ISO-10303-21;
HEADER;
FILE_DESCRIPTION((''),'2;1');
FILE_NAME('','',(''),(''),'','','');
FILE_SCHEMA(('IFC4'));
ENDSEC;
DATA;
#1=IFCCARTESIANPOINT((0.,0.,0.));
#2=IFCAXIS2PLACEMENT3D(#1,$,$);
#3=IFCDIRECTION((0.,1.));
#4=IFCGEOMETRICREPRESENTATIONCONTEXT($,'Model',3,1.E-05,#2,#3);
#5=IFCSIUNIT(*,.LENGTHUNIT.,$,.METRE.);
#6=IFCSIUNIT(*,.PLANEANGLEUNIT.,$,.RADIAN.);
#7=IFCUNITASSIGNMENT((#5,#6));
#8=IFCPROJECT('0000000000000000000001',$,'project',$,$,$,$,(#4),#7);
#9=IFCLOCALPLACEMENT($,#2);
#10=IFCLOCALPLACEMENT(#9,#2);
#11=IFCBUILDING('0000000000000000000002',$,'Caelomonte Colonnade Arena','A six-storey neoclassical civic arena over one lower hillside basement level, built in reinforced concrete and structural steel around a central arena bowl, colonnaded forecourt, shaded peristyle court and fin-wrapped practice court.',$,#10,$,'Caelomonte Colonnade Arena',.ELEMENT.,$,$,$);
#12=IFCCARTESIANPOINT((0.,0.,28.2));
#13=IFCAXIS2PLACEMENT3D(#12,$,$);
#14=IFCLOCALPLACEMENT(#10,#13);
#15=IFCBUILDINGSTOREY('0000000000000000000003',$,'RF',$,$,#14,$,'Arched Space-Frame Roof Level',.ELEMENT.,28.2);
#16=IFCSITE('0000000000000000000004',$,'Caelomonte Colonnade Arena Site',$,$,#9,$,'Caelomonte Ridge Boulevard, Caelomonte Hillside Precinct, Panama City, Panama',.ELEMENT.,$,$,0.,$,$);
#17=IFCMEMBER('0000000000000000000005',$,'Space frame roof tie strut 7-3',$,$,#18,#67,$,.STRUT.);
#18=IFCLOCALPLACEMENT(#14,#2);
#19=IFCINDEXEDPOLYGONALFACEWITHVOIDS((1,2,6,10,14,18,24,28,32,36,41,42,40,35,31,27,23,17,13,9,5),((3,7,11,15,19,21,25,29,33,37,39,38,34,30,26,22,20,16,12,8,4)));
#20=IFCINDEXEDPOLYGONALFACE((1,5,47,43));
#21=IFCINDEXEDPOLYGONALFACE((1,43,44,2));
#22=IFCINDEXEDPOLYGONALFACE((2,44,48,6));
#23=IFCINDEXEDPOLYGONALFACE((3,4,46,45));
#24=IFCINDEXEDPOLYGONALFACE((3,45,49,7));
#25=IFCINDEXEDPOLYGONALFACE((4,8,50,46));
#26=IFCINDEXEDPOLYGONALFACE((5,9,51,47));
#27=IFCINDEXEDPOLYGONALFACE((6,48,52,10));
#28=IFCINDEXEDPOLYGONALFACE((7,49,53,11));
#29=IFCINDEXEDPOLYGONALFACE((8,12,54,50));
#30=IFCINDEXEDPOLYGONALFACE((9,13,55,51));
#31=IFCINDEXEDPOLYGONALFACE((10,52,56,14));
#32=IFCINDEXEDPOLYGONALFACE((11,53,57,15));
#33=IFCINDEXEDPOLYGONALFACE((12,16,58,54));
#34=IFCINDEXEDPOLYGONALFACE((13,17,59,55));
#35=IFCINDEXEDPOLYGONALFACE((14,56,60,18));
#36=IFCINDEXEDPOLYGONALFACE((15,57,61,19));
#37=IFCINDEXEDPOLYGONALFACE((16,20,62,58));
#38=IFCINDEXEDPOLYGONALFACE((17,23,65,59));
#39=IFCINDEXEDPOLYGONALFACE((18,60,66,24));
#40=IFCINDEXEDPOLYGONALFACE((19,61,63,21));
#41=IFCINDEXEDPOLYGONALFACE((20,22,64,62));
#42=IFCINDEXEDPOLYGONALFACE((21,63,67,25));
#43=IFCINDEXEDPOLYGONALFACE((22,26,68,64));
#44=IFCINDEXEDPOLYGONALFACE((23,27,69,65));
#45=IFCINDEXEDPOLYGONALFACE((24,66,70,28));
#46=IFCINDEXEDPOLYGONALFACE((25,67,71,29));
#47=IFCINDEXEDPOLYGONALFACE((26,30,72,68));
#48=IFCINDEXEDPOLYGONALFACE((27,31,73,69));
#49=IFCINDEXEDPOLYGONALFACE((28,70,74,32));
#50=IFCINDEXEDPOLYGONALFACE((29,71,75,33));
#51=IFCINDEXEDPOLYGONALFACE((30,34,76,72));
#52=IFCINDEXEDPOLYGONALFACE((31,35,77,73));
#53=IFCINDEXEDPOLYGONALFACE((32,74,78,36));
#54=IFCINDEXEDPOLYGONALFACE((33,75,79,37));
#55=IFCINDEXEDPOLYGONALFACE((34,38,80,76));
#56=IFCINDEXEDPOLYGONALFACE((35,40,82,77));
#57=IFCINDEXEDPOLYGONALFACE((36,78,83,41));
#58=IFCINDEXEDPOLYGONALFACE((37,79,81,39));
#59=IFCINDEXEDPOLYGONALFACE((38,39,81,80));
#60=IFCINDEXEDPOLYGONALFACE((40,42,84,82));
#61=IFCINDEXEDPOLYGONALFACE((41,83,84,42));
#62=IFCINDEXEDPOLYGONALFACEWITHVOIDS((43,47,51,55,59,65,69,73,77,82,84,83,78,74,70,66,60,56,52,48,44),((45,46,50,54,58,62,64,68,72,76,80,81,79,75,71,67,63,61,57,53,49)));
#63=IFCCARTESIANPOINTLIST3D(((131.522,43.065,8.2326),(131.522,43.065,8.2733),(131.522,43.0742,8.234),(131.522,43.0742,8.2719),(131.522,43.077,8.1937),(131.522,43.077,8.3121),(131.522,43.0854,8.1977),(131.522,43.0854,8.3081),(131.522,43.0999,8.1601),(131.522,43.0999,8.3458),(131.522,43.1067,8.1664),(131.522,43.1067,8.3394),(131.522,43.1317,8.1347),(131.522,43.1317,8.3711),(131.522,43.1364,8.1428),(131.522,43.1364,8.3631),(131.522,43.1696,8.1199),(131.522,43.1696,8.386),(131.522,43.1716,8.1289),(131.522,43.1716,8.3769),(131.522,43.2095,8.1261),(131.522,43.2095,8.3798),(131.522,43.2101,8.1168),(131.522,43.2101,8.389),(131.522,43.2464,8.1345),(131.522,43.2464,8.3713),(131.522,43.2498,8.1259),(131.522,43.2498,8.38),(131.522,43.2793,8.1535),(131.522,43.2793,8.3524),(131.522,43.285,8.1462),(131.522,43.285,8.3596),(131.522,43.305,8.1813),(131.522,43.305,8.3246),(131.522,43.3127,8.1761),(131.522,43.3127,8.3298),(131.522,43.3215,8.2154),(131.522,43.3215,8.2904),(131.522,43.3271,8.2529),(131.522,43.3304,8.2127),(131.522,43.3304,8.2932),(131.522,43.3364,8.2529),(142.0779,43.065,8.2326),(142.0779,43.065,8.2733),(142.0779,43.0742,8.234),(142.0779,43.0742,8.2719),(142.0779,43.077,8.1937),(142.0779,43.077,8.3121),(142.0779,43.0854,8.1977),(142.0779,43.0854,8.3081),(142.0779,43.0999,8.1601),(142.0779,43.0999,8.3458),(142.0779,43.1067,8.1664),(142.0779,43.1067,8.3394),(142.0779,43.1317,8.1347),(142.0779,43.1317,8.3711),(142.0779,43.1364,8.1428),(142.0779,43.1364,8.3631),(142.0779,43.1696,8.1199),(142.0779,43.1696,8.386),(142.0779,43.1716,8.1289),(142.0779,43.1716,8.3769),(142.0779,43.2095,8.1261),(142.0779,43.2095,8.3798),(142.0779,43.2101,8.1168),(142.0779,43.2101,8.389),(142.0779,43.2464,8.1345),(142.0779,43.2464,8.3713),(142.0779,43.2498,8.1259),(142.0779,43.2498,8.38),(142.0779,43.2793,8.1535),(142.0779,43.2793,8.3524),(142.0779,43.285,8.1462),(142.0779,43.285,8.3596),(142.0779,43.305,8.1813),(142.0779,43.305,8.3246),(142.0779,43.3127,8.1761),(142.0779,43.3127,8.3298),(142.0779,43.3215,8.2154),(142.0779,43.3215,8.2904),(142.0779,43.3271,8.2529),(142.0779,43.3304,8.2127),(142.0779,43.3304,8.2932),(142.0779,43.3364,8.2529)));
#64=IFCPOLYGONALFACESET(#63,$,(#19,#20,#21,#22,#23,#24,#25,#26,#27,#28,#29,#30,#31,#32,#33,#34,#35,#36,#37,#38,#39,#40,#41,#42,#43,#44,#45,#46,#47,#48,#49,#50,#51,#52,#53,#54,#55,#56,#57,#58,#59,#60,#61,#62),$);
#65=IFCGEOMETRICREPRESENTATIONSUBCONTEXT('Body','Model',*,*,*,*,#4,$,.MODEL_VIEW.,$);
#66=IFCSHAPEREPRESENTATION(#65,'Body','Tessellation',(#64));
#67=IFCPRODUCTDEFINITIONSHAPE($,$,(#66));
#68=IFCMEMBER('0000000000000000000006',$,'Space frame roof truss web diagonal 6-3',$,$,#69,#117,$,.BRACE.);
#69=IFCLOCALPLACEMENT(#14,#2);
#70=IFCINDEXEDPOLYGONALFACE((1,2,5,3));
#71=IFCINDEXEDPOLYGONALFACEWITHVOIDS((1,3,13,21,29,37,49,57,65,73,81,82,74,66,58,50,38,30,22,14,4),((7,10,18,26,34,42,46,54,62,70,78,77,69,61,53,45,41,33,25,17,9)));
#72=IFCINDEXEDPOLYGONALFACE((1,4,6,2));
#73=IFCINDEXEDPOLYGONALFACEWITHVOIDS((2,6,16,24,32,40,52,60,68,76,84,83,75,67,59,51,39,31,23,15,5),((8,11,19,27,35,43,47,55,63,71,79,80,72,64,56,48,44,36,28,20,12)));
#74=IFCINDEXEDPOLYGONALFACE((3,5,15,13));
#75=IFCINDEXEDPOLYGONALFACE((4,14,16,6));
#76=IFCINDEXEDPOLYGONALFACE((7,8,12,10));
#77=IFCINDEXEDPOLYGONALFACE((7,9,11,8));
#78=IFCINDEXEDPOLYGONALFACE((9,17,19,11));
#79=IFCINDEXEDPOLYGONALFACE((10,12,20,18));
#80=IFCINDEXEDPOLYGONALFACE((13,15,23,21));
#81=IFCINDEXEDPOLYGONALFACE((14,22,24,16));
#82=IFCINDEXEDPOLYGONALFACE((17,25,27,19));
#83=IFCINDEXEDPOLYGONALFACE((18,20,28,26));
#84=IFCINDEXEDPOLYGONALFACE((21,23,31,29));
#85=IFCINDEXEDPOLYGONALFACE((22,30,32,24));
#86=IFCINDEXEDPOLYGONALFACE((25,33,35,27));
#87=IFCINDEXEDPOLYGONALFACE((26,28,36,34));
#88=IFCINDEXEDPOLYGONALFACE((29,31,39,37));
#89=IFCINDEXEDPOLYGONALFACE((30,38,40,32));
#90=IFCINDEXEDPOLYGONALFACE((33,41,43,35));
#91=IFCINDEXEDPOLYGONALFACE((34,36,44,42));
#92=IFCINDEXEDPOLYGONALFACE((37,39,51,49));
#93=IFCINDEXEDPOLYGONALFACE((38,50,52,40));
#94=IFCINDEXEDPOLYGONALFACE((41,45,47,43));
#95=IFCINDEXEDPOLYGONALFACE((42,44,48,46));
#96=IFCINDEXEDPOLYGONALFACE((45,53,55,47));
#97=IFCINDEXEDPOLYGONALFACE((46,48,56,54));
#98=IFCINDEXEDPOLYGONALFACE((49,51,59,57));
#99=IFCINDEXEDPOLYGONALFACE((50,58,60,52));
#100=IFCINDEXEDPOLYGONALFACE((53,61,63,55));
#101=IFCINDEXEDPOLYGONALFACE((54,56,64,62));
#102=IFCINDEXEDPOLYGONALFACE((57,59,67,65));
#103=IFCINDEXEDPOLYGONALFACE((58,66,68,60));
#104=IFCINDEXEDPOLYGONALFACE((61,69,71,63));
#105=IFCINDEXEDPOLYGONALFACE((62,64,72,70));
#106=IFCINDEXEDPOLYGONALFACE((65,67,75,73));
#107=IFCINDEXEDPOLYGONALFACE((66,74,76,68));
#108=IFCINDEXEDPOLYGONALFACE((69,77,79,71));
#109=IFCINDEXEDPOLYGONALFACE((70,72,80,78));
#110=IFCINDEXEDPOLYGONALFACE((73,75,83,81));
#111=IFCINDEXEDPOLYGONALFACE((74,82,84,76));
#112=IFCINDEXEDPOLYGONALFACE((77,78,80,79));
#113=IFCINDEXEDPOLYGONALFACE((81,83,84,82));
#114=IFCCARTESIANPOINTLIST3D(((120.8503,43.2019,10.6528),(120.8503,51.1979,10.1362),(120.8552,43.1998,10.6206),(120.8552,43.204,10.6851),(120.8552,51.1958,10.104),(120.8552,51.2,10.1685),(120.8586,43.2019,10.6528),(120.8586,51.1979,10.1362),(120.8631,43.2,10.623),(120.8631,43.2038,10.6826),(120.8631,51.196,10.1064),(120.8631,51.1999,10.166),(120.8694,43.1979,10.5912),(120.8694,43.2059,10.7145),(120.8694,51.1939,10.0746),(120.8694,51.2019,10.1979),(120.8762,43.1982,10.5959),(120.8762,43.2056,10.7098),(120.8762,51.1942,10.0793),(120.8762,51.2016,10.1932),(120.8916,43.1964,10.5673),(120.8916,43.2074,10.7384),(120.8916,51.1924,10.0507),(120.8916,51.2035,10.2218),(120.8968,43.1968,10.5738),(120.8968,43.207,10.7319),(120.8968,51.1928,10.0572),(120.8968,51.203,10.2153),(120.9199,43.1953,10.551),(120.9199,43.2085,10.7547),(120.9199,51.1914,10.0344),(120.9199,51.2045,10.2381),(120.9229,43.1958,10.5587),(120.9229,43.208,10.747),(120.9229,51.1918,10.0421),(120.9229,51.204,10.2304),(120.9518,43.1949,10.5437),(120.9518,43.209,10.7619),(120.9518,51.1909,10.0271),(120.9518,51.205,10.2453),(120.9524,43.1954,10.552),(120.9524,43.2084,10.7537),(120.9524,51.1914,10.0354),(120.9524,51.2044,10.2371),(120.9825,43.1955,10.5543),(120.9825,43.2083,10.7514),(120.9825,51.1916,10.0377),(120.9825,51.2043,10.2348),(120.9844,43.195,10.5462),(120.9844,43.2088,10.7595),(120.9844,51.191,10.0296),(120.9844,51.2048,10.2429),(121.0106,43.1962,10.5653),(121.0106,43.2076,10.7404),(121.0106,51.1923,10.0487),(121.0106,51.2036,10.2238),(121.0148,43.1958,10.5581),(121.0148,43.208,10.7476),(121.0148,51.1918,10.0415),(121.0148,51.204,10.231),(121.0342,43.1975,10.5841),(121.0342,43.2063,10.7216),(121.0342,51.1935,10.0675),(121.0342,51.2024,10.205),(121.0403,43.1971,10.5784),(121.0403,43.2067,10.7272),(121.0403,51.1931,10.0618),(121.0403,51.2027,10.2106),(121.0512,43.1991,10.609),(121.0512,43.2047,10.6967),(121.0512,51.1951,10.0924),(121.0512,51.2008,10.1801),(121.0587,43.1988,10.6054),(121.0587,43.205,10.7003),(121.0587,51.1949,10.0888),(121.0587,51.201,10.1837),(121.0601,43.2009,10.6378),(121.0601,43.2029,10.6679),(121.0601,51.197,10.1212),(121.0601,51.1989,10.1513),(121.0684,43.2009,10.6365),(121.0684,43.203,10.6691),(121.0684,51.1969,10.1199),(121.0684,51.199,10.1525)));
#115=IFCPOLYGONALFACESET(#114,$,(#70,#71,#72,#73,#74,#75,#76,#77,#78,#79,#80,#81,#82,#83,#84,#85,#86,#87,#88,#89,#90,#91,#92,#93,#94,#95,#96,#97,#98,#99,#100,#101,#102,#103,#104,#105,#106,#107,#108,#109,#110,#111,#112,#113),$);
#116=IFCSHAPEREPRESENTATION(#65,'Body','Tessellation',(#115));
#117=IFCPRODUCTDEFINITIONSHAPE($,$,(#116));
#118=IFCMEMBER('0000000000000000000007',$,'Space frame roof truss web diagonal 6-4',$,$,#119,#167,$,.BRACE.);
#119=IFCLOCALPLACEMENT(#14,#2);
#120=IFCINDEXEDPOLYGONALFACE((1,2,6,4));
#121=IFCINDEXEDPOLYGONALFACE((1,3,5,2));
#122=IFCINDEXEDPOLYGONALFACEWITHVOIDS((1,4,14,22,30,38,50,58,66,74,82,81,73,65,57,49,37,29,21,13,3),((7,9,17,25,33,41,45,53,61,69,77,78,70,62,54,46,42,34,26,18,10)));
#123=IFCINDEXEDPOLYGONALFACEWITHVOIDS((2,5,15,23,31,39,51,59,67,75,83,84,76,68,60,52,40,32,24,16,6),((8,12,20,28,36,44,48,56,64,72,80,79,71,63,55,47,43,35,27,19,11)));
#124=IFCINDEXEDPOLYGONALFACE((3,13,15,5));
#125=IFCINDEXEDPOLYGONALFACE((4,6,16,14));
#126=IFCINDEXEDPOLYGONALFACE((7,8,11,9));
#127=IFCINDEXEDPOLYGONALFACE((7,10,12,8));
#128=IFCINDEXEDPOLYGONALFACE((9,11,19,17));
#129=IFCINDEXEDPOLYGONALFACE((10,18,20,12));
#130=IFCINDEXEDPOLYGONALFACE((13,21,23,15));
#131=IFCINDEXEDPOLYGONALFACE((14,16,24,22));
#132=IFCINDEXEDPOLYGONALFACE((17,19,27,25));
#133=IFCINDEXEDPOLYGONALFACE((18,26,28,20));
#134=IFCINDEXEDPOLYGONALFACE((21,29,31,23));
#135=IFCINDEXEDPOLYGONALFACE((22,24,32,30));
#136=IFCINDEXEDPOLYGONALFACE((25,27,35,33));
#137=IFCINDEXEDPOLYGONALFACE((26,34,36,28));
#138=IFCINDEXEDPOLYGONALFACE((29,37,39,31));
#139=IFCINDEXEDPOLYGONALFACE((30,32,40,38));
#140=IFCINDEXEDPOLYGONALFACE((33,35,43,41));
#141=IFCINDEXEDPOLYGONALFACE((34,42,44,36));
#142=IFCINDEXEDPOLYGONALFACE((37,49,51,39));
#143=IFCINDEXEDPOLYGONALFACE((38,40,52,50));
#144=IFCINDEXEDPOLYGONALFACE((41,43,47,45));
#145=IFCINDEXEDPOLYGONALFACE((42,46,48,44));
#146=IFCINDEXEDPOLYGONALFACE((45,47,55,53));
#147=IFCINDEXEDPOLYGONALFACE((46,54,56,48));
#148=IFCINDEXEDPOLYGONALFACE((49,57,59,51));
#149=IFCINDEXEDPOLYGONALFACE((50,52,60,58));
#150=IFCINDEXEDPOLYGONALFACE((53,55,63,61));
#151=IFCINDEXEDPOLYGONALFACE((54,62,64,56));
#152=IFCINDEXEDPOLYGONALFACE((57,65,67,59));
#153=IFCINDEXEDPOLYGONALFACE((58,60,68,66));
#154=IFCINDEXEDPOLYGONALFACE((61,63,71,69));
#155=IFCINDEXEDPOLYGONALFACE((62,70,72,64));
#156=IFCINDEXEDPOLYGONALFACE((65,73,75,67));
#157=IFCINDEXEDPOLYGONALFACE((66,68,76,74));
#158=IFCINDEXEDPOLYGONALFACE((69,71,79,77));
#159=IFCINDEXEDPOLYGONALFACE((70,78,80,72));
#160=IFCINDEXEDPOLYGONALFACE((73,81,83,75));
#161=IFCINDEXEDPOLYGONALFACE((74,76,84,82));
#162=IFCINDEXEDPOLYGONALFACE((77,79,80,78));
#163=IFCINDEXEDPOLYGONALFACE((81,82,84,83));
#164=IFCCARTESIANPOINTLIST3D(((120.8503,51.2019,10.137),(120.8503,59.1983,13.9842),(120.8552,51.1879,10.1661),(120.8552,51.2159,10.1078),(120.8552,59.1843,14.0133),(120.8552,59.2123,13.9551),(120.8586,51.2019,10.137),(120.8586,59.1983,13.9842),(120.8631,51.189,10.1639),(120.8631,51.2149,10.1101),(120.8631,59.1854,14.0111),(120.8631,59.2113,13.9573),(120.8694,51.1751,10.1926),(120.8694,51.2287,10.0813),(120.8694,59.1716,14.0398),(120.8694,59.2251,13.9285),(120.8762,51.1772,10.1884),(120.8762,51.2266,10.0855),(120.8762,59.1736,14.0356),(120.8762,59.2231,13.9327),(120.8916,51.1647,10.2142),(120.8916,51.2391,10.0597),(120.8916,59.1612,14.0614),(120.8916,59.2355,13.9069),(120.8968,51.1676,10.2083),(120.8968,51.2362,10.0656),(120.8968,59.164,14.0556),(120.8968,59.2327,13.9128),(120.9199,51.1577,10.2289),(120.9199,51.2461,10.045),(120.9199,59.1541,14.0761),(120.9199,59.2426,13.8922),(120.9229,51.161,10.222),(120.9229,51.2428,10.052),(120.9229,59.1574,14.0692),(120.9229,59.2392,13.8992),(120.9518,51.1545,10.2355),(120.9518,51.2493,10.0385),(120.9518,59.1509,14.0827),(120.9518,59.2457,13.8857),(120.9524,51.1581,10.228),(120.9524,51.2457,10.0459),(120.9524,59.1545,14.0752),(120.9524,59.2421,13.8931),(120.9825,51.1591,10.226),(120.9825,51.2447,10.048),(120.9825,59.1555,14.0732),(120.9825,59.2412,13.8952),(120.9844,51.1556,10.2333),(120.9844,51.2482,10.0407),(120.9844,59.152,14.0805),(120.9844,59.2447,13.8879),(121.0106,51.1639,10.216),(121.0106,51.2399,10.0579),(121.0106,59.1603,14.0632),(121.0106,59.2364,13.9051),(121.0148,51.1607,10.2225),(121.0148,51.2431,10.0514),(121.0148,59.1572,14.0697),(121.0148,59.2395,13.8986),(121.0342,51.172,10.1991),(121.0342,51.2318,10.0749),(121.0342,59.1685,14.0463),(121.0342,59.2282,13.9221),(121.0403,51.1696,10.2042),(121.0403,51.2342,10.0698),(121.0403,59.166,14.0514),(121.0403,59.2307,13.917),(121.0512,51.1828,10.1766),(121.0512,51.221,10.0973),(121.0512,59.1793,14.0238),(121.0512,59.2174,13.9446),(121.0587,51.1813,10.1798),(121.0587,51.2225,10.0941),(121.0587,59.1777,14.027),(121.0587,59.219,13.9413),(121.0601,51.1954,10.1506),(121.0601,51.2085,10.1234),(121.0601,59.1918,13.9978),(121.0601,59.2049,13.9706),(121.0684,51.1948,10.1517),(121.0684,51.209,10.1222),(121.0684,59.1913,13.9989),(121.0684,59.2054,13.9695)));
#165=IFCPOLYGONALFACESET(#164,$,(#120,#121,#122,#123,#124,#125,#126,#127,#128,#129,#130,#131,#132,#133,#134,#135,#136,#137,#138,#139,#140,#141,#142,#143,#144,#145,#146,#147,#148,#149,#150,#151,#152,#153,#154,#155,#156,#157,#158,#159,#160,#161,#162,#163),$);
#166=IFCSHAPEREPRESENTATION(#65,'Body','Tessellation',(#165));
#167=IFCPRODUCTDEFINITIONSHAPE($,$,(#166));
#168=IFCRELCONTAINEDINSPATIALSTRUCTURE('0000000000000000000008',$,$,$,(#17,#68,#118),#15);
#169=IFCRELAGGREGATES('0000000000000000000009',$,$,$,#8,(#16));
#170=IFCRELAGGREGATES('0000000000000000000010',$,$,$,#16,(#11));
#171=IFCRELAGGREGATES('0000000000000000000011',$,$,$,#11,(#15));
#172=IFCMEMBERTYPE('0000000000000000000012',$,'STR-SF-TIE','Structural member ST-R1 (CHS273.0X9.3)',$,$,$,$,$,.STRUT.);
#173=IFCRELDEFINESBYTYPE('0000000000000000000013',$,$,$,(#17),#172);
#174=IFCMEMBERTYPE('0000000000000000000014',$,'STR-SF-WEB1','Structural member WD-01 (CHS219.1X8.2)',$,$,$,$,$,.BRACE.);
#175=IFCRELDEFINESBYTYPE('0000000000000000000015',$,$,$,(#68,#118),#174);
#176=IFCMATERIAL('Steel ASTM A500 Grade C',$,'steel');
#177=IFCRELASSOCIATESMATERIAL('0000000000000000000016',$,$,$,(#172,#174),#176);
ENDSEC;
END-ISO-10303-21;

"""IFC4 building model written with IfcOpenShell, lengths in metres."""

from ifc_helpers import new_model, si_unit, direction, frame, origin, origin_2d, place, context, subcontext, project, spatial, hollow_circle, extrude, material, material_profile, profile_set, type_object, element, save


model = new_model("IFC4")

# Units and contexts
model_context = context("Model", 3, precision=1e-05, world=origin(), true_north=direction((0.0, 1.0)))
body_context = subcontext(model_context, "Body", "Model", "MODEL_VIEW")
ifc_project = project(units=[si_unit("LENGTHUNIT", "METRE"), si_unit("PLANEANGLEUNIT", "RADIAN")], contexts=[model_context])

# Site, building, storey
site_placement = place(None, origin())
site = spatial("IfcSite", under=ifc_project, at=site_placement, Name="Caelomonte Colonnade Arena Site", LongName="Caelomonte Ridge Boulevard, Caelomonte Hillside Precinct, Panama City, Panama", CompositionType="ELEMENT", RefElevation=0.0)
building_placement = place(site_placement, origin())
building = spatial("IfcBuilding", under=site, at=building_placement, Name="Caelomonte Colonnade Arena", Description="A six-storey neoclassical civic arena over one lower hillside basement level, built in reinforced concrete and structural steel around a central arena bowl, colonnaded forecourt, shaded peristyle court and fin-wrapped practice court.", LongName="Caelomonte Colonnade Arena", CompositionType="ELEMENT")
storey_placement = place(building_placement, frame((0.0, 0.0, 28.2)))
storey = spatial("IfcBuildingStorey", under=building, at=storey_placement, Name="RF", LongName="Arched Space-Frame Roof Level", CompositionType="ELEMENT", Elevation=28.2)

# Members
ifc_material_1 = material(Name="Steel ASTM A500 Grade C", Category="steel")
ifc_material_profile_1 = material_profile(ifc_material_1, hollow_circle(Radius=0.1365, WallThickness=0.0093, at=origin_2d()), Name="CHS273.0X9.3")
ifc_profile_set_1 = profile_set([ifc_material_profile_1], Name="Steel ASTM A500 Grade C")
member_type_1 = type_object("IfcMemberType", Name="STR-SF-TIE", Description="Structural member ST-R1 (CHS273.0X9.3)", PredefinedType="STRUT", material=ifc_profile_set_1)
member_1_placement = place(storey_placement, frame((131.522, 43.2, 8.2529), z_axis=(1.0, 0.0, 0.0), x_axis=(0.0, 1.0, 0.0)))
element("IfcMember", 1, at=member_1_placement, inside=storey, type_object=member_type_1, Name="Space frame roof tie strut 7-3", PredefinedType="STRUT", context=body_context, shape_type="SweptSolid", body=[
    extrude(hollow_circle(Radius=0.1365, WallThickness=0.0093, at=origin_2d()), origin(), (0.0, 0.0, 1.0), 10.5559),
])
ifc_material_profile_2 = material_profile(ifc_material_1, hollow_circle(Radius=0.1096, WallThickness=0.0083, at=origin_2d()), Name="CHS219.1X8.2")
ifc_profile_set_2 = profile_set([ifc_material_profile_2], Name="Steel ASTM A500 Grade C")
member_type_2 = type_object("IfcMemberType", Name="STR-SF-WEB1", Description="Structural member WD-01 (CHS219.1X8.2)", PredefinedType="BRACE", material=ifc_profile_set_2)
member_2_placement = place(storey_placement, frame((120.96, 43.2019, 10.6528), z_axis=(0.0, 0.997919, -0.064472), x_axis=(-1.0, 0.0, 0.0)))
element("IfcMember", 2, at=member_2_placement, inside=storey, type_object=member_type_2, Name="Space frame roof truss web diagonal 6-3", PredefinedType="BRACE", context=body_context, shape_type="SweptSolid", body=[
    extrude(hollow_circle(Radius=0.1096, WallThickness=0.0083, at=origin_2d()), origin(), (0.0, 0.0, 1.0), 8.0127),
])
member_3_placement = place(storey_placement, frame((120.96, 51.2019, 10.137), z_axis=(0.0, 0.90113, 0.433548), x_axis=(-1.0, 0.0, 0.0)))
element("IfcMember", 3, at=member_3_placement, inside=storey, type_object=member_type_2, Name="Space frame roof truss web diagonal 6-4", PredefinedType="BRACE", context=body_context, shape_type="SweptSolid", body=[
    extrude(hollow_circle(Radius=0.1096, WallThickness=0.0083, at=origin_2d()), origin(), (0.0, 0.0, 1.0), 8.8738),
])

save(model, "model.ifc")
